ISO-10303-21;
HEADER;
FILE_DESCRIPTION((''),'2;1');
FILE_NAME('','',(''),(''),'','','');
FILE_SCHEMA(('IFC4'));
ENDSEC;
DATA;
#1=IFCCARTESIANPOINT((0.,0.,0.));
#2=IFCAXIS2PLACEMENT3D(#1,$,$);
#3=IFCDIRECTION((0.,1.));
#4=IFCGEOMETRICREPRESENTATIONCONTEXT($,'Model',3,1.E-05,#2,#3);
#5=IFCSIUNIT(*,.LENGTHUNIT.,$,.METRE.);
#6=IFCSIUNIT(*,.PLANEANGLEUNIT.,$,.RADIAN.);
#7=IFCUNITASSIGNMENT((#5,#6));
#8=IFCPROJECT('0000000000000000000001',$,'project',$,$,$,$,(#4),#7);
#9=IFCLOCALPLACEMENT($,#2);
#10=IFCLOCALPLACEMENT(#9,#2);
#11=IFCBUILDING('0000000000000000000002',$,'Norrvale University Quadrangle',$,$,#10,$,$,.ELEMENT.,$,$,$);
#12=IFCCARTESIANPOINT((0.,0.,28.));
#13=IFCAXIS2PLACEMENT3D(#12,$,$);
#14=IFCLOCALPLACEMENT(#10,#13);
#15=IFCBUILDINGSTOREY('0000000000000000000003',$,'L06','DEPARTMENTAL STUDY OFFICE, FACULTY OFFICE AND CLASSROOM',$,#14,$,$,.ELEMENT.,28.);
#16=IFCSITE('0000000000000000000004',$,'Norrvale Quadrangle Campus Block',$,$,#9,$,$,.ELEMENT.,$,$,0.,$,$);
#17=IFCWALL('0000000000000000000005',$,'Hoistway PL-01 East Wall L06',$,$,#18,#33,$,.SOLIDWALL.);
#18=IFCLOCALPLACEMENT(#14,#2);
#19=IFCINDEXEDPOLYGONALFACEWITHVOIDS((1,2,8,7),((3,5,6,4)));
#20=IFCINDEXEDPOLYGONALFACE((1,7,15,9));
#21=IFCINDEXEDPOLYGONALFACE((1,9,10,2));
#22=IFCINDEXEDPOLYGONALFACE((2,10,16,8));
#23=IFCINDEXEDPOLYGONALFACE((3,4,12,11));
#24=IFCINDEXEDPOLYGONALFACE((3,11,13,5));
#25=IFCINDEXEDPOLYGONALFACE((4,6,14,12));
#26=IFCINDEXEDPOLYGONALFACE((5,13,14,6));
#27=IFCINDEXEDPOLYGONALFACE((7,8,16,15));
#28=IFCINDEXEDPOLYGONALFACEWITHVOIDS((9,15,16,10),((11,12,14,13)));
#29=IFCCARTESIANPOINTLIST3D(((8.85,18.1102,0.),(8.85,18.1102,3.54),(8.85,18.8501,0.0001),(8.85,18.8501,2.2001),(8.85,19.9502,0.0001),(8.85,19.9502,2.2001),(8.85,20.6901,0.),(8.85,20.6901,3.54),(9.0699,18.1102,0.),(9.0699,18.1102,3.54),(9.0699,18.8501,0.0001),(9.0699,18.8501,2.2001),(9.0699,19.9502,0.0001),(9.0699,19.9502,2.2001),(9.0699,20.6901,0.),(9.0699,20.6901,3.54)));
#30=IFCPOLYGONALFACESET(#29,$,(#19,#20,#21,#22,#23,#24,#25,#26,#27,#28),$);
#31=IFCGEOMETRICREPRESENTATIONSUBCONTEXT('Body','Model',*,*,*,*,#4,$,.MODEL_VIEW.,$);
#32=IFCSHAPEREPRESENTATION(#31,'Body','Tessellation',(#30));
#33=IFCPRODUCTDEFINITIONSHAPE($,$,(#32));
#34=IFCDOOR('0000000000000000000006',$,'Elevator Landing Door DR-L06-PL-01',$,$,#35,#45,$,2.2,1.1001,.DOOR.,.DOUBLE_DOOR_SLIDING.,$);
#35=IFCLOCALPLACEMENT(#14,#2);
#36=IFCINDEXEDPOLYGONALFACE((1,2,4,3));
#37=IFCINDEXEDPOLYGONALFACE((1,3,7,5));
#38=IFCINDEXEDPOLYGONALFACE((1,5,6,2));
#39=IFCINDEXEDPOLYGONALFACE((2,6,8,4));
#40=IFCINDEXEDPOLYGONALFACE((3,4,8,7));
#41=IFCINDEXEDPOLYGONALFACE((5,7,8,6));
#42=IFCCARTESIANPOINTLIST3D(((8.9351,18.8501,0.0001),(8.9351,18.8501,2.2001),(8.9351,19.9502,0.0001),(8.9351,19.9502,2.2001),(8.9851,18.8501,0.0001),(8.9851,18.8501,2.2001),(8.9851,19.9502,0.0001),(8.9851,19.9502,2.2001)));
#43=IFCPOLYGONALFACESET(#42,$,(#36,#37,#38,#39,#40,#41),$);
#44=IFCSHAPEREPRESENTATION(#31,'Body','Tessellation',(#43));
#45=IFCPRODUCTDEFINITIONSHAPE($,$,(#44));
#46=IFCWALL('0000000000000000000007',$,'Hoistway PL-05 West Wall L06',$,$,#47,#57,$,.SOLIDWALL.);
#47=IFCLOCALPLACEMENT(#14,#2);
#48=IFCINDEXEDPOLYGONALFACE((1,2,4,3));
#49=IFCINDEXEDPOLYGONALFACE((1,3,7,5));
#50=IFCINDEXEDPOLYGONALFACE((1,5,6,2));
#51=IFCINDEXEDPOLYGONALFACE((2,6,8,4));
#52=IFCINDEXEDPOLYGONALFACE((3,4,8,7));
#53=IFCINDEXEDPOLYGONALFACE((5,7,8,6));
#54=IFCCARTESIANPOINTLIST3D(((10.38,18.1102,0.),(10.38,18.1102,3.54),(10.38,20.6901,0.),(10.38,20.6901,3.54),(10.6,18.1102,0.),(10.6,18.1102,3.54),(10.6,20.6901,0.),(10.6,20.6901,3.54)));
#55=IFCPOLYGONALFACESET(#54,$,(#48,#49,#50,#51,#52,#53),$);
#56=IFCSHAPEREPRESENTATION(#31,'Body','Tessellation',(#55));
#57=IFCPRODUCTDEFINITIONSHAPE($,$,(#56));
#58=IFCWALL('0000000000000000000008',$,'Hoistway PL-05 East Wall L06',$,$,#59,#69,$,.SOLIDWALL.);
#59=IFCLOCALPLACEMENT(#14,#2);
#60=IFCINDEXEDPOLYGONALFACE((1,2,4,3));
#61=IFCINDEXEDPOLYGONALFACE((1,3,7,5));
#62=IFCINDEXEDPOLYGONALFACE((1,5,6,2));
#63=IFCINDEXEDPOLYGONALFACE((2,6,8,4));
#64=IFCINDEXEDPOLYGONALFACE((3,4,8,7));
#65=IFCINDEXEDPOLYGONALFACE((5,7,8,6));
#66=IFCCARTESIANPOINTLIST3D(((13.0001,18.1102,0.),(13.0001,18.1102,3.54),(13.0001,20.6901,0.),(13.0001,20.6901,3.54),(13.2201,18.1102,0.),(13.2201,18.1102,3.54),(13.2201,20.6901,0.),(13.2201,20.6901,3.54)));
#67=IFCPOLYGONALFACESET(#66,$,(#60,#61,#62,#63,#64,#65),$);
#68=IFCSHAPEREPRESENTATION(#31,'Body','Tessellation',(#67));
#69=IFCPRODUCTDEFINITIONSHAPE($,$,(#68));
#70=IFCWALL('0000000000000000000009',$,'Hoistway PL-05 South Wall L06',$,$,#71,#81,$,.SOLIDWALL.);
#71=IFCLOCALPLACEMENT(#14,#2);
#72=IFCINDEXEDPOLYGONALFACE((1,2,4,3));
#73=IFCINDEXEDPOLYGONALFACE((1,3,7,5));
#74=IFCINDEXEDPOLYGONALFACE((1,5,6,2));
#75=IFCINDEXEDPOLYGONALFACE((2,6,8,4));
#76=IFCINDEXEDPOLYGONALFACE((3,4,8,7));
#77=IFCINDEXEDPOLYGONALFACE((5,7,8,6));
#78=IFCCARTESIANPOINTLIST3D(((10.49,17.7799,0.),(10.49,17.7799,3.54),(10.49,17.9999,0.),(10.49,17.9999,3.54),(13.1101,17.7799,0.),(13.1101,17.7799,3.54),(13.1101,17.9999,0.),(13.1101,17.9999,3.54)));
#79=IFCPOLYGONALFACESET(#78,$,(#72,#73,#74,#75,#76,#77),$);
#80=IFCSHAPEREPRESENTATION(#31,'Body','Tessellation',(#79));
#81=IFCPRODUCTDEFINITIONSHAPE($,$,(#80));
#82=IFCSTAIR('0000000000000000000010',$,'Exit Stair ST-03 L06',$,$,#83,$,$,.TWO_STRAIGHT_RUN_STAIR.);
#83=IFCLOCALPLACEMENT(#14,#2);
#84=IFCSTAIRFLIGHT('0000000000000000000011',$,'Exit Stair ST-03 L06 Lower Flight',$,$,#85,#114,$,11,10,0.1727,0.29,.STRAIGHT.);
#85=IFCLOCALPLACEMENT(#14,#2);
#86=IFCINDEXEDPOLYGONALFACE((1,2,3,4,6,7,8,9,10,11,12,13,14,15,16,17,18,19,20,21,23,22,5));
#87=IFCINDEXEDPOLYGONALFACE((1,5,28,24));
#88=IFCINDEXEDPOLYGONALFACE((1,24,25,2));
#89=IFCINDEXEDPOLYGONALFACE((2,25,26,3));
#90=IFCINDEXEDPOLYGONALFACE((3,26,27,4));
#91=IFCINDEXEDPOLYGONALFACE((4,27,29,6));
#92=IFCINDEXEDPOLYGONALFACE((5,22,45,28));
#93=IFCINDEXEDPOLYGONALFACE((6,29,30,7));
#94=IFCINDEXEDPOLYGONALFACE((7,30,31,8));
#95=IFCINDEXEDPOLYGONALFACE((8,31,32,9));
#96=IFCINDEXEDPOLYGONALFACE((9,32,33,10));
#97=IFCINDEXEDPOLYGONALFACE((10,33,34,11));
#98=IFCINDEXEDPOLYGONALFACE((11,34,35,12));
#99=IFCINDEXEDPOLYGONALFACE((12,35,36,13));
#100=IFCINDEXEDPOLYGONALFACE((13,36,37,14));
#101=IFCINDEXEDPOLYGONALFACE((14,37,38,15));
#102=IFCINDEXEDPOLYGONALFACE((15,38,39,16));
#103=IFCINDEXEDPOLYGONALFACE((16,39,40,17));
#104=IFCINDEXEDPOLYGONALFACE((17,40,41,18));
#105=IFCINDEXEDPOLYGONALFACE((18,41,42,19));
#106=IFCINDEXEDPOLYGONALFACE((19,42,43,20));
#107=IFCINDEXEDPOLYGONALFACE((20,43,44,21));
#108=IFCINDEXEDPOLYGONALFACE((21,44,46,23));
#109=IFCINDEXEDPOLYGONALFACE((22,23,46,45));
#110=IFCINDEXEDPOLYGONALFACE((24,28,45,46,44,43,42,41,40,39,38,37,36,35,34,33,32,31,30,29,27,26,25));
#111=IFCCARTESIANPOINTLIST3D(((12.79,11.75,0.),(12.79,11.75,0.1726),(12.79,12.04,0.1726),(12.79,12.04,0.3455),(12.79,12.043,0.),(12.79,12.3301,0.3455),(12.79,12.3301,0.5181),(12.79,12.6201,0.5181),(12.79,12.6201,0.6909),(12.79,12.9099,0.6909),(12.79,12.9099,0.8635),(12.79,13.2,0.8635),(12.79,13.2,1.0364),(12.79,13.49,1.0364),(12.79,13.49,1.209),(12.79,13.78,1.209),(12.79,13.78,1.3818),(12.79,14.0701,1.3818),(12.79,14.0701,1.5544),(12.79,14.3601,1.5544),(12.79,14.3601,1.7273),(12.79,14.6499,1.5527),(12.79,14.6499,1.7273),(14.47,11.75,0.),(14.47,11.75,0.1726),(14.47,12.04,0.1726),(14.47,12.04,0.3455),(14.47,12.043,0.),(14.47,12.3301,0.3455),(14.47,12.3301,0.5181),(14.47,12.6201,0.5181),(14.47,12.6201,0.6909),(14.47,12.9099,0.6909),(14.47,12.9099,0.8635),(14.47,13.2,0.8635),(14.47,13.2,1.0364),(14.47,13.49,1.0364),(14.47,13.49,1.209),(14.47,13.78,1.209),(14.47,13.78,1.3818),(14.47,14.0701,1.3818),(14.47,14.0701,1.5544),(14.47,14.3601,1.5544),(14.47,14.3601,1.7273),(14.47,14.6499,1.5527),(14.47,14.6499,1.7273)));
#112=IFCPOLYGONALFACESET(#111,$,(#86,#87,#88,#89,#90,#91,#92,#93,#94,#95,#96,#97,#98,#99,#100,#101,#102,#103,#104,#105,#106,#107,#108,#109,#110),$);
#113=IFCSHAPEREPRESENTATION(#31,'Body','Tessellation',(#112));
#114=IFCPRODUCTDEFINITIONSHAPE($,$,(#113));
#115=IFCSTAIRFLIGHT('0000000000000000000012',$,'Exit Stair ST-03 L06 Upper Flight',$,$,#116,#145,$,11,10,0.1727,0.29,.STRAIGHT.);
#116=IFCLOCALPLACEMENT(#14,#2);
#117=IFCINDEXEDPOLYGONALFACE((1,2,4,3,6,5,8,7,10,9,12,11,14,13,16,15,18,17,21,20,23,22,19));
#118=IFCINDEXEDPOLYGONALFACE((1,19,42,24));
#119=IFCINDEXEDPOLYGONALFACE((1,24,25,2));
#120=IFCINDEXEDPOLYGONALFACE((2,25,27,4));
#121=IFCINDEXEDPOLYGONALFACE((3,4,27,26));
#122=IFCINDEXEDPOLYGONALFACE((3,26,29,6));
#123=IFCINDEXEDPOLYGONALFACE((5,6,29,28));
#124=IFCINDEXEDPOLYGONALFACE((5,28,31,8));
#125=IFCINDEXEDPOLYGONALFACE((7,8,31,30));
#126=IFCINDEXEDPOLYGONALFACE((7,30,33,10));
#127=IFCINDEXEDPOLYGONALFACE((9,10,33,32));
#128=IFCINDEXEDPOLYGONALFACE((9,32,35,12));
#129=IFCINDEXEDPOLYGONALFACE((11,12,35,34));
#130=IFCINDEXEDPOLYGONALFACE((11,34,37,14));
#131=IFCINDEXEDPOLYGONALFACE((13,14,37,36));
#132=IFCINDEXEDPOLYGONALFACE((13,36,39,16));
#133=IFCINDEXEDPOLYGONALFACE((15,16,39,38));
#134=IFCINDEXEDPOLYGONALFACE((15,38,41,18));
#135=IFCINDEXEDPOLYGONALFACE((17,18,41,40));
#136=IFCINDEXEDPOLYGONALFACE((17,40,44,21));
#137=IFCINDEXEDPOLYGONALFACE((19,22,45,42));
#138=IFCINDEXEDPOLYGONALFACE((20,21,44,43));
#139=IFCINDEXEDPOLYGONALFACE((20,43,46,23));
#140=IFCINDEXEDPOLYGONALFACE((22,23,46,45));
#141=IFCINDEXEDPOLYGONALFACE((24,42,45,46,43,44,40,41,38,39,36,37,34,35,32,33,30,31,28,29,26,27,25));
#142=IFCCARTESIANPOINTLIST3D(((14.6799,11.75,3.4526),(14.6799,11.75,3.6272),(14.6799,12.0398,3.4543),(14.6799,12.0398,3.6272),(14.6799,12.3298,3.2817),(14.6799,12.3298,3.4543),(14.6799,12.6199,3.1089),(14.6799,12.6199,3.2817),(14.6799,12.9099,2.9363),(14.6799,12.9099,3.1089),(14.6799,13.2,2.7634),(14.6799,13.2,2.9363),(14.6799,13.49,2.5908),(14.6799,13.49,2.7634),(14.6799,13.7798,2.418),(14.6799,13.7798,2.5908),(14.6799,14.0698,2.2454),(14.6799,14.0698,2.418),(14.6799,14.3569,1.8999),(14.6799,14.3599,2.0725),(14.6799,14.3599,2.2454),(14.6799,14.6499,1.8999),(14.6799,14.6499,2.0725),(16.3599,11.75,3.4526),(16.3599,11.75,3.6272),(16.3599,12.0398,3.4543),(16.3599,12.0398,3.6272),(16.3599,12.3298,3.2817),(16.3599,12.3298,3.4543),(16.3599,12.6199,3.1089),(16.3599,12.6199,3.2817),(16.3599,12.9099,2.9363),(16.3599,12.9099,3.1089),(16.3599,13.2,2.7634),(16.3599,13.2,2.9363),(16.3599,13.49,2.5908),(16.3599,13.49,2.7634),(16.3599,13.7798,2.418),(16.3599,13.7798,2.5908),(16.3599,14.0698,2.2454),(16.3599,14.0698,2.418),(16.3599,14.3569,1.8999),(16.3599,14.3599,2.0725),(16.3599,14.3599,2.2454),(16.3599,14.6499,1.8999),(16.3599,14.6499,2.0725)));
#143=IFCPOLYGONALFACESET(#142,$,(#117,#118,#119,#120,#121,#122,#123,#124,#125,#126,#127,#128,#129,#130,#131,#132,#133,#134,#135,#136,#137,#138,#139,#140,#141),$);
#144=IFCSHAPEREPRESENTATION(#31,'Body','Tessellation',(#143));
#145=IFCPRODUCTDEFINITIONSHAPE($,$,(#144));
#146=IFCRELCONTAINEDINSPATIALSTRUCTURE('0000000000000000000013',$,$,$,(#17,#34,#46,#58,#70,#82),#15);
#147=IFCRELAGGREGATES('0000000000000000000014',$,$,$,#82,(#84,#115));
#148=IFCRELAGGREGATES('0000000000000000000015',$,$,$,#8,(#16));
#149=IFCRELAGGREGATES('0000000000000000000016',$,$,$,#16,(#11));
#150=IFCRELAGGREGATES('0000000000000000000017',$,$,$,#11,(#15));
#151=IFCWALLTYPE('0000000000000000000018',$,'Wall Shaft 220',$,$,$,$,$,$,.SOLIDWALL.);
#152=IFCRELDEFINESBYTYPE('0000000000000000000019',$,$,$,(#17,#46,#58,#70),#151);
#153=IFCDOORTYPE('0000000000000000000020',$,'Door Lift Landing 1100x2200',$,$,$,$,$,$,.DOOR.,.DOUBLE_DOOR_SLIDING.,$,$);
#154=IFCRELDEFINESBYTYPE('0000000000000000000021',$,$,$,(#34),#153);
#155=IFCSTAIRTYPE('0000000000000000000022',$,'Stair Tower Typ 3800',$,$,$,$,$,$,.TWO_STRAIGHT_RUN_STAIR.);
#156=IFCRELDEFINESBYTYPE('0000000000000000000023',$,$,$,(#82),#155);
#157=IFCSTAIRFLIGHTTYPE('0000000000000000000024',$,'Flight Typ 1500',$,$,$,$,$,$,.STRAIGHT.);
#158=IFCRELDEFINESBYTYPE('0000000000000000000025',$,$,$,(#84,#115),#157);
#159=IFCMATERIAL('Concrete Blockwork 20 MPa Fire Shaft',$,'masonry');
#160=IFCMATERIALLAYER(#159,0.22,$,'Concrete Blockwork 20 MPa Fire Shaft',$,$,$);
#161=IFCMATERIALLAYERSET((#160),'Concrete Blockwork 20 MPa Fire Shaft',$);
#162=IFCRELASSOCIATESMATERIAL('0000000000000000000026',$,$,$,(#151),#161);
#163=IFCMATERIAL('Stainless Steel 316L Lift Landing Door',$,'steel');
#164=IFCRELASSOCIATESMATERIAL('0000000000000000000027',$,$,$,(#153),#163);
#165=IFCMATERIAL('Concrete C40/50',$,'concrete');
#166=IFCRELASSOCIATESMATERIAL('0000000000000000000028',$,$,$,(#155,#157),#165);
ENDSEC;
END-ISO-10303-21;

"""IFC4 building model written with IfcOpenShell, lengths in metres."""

from ifc_helpers import new_model, si_unit, direction, frame, frame_2d, origin, place, context, subcontext, project, spatial, polyline, rectangle, outline, extrude, material, layer, layer_set, type_object, element, fill, aggregate, save


model = new_model("IFC4")

# Units and contexts
model_context = context("Model", 3, precision=1e-05, world=origin(), true_north=direction((0.0, 1.0)))
body_context = subcontext(model_context, "Body", "Model", "MODEL_VIEW")
ifc_project = project(units=[si_unit("LENGTHUNIT", "METRE"), si_unit("PLANEANGLEUNIT", "RADIAN")], contexts=[model_context])

# Site, building, storey
site_placement = place(None, origin())
site = spatial("IfcSite", under=ifc_project, at=site_placement, Name="Norrvale Quadrangle Campus Block", CompositionType="ELEMENT", RefElevation=0.0)
building_placement = place(site_placement, origin())
building = spatial("IfcBuilding", under=site, at=building_placement, Name="Norrvale University Quadrangle", CompositionType="ELEMENT")
storey_placement = place(building_placement, frame((0.0, 0.0, 28.0)))
storey = spatial("IfcBuildingStorey", under=building, at=storey_placement, Name="L06", Description="DEPARTMENTAL STUDY OFFICE, FACULTY OFFICE AND CLASSROOM", CompositionType="ELEMENT", Elevation=28.0)

# Shared definitions
ifc_material_1 = material(Name="Concrete Blockwork 20 MPa Fire Shaft", Category="masonry")
ifc_layer_1 = layer(ifc_material_1, 0.22, Name="Concrete Blockwork 20 MPa Fire Shaft")
ifc_layer_set_1 = layer_set([ifc_layer_1], Name="Concrete Blockwork 20 MPa Fire Shaft")
wall_type_1 = type_object("IfcWallType", Name="Wall Shaft 220", PredefinedType="SOLIDWALL", material=ifc_layer_set_1)

# Wall, opening, door
wall_1_placement = place(storey_placement, frame((8.96, 18.1101, 0.0), z_axis=(0.0, 0.0, 1.0), x_axis=(0.0, 1.0, 0.0)))
wall_1 = element("IfcWall", 1, at=wall_1_placement, inside=storey, type_object=wall_type_1, Name="Hoistway PL-01 East Wall L06", PredefinedType="SOLIDWALL", context=body_context, shape_type="SweptSolid", body=[
    extrude(rectangle(XDim=2.5798, YDim=0.22, at=frame_2d((1.29, 0.0))), origin(), (0.0, 0.0, 1.0), 3.54),
])
opening_1_placement = place(wall_1_placement, frame((0.74, 0.0, 0.0)))
opening_1 = element("IfcOpeningElement", 2, at=opening_1_placement, cuts=wall_1, PredefinedType="OPENING", context=body_context, shape_type="SweptSolid", body=[
    extrude(rectangle(XDim=1.1001, YDim=2.2, at=frame_2d((0.55, 1.1001))), frame((0.0, 0.1221, 0.0), z_axis=(0.0, -1.0, 0.0), x_axis=(1.0, 0.0, 0.0)), (0.0, 0.0, 1.0), 0.2439),
])
ifc_material_2 = material(Name="Stainless Steel 316L Lift Landing Door", Category="steel")
door_type_1 = type_object("IfcDoorType", Name="Door Lift Landing 1100x2200", OperationType="DOUBLE_DOOR_SLIDING", PredefinedType="DOOR", material=ifc_material_2)
door_1_placement = place(opening_1_placement, origin())
door_1 = element("IfcDoor", 3, at=door_1_placement, inside=storey, type_object=door_type_1, Name="Elevator Landing Door DR-L06-PL-01", OperationType="DOUBLE_DOOR_SLIDING", OverallHeight=2.2, OverallWidth=1.1001, PredefinedType="DOOR", context=body_context, shape_type="SweptSolid", body=[
    extrude(rectangle(XDim=1.1001, YDim=2.2, at=frame_2d((0.55, 1.1001))), frame((0.0, 0.0249, 0.0), z_axis=(0.0, -1.0, 0.0), x_axis=(1.0, 0.0, 0.0)), (0.0, 0.0, 1.0), 0.05),
])
fill(opening_1, door_1)

# Walls
for number, where, z_axis, x_axis, name in (
    (4, (10.49, 18.1101, 0.0), (0.0, 0.0, 1.0), (0.0, 1.0, 0.0), "Hoistway PL-05 West Wall L06"),
    (5, (13.1101, 18.1101, 0.0), (0.0, 0.0, 1.0), (0.0, 1.0, 0.0), "Hoistway PL-05 East Wall L06"),
):
    element("IfcWall", number, at=place(storey_placement, frame(where, z_axis=z_axis, x_axis=x_axis)), inside=storey, type_object=wall_type_1, Name=name, PredefinedType="SOLIDWALL", context=body_context, shape_type="SweptSolid", body=[
        extrude(rectangle(XDim=2.5798, YDim=0.22, at=frame_2d((1.29, 0.0))), origin(), (0.0, 0.0, 1.0), 3.54),
    ])
wall_2_placement = place(storey_placement, frame((10.49, 17.8899, 0.0), z_axis=(0.0, 0.0, 1.0), x_axis=(1.0, 0.0, 0.0)))
element("IfcWall", 6, at=wall_2_placement, inside=storey, type_object=wall_type_1, Name="Hoistway PL-05 South Wall L06", PredefinedType="SOLIDWALL", context=body_context, shape_type="SweptSolid", body=[
    extrude(rectangle(XDim=2.6201, YDim=0.22, at=frame_2d((1.3101, 0.0))), origin(), (0.0, 0.0, 1.0), 3.54),
])

# Stair, stair flights
ifc_material_3 = material(Name="Concrete C40/50", Category="concrete")
stair_type = type_object("IfcStairType", Name="Stair Tower Typ 3800", PredefinedType="TWO_STRAIGHT_RUN_STAIR", material=ifc_material_3)
stair_placement = place(storey_placement, origin())
stair = element("IfcStair", 7, at=stair_placement, inside=storey, type_object=stair_type, Name="Exit Stair ST-03 L06", PredefinedType="TWO_STRAIGHT_RUN_STAIR")
stair_flight_type = type_object("IfcStairFlightType", Name="Flight Typ 1500", PredefinedType="STRAIGHT", material=ifc_material_3)
stair_flight_1_placement = place(storey_placement, frame((13.6299, 11.75, 0.0), z_axis=(0.0, 0.0, 1.0), x_axis=(0.0, 1.0, 0.0)))
stair_flight_1 = element("IfcStairFlight", 8, at=stair_flight_1_placement, type_object=stair_flight_type, Name="Exit Stair ST-03 L06 Lower Flight", NumberOfRisers=11, NumberOfTreads=10, PredefinedType="STRAIGHT", RiserHeight=0.1727, TreadLength=0.29, context=body_context, shape_type="SweptSolid", body=[
    extrude(outline(polyline([(0.0, 0.0), (0.0, 0.1726), (0.29, 0.1726), (0.29, 0.3455), (0.5801, 0.3455), (0.5801, 0.5181), (0.8701, 0.5181), (0.8701, 0.6909), (1.1599, 0.6909), (1.1599, 0.8635), (1.45, 0.8635), (1.45, 1.0364), (1.74, 1.0364), (1.74, 1.209), (2.03, 1.209), (2.03, 1.3818), (2.3201, 1.3818), (2.3201, 1.5544), (2.6101, 1.5544), (2.6101, 1.7273), (2.8999, 1.7273), (2.8999, 1.8999), (2.8999, 1.5527), (0.293, 0.0), (0.0, 0.0)])), frame((0.0, 0.8398, 0.0), z_axis=(0.0, -1.0, 0.0), x_axis=(1.0, 0.0, 0.0)), (0.0, 0.0, 1.0), 1.6799),
])
stair_flight_2_placement = place(storey_placement, frame((15.52, 14.6499, 1.8999), z_axis=(0.0, 0.0, 1.0), x_axis=(0.0, -1.0, 0.0)))
stair_flight_2 = element("IfcStairFlight", 9, at=stair_flight_2_placement, type_object=stair_flight_type, Name="Exit Stair ST-03 L06 Upper Flight", NumberOfRisers=11, NumberOfTreads=10, PredefinedType="STRAIGHT", RiserHeight=0.1727, TreadLength=0.29, context=body_context, shape_type="SweptSolid", body=[
    extrude(outline(polyline([(0.0, 0.0), (0.0, 0.1726), (0.29, 0.1726), (0.29, 0.3455), (0.5801, 0.3455), (0.5801, 0.5181), (0.8701, 0.5181), (0.8701, 0.6909), (1.1599, 0.6909), (1.1599, 0.8635), (1.45, 0.8635), (1.45, 1.0364), (1.74, 1.0364), (1.74, 1.209), (2.03, 1.209), (2.03, 1.3818), (2.3201, 1.3818), (2.3201, 1.5544), (2.6101, 1.5544), (2.6101, 1.7273), (2.8999, 1.7273), (2.8999, 1.8999), (2.8999, 1.5527), (0.293, 0.0), (0.0, 0.0)])), frame((0.0, 0.8398, 0.0), z_axis=(0.0, -1.0, 0.0), x_axis=(1.0, 0.0, 0.0)), (0.0, 0.0, 1.0), 1.6799),
])
aggregate(stair, [stair_flight_1, stair_flight_2])

save(model, "model.ifc")
